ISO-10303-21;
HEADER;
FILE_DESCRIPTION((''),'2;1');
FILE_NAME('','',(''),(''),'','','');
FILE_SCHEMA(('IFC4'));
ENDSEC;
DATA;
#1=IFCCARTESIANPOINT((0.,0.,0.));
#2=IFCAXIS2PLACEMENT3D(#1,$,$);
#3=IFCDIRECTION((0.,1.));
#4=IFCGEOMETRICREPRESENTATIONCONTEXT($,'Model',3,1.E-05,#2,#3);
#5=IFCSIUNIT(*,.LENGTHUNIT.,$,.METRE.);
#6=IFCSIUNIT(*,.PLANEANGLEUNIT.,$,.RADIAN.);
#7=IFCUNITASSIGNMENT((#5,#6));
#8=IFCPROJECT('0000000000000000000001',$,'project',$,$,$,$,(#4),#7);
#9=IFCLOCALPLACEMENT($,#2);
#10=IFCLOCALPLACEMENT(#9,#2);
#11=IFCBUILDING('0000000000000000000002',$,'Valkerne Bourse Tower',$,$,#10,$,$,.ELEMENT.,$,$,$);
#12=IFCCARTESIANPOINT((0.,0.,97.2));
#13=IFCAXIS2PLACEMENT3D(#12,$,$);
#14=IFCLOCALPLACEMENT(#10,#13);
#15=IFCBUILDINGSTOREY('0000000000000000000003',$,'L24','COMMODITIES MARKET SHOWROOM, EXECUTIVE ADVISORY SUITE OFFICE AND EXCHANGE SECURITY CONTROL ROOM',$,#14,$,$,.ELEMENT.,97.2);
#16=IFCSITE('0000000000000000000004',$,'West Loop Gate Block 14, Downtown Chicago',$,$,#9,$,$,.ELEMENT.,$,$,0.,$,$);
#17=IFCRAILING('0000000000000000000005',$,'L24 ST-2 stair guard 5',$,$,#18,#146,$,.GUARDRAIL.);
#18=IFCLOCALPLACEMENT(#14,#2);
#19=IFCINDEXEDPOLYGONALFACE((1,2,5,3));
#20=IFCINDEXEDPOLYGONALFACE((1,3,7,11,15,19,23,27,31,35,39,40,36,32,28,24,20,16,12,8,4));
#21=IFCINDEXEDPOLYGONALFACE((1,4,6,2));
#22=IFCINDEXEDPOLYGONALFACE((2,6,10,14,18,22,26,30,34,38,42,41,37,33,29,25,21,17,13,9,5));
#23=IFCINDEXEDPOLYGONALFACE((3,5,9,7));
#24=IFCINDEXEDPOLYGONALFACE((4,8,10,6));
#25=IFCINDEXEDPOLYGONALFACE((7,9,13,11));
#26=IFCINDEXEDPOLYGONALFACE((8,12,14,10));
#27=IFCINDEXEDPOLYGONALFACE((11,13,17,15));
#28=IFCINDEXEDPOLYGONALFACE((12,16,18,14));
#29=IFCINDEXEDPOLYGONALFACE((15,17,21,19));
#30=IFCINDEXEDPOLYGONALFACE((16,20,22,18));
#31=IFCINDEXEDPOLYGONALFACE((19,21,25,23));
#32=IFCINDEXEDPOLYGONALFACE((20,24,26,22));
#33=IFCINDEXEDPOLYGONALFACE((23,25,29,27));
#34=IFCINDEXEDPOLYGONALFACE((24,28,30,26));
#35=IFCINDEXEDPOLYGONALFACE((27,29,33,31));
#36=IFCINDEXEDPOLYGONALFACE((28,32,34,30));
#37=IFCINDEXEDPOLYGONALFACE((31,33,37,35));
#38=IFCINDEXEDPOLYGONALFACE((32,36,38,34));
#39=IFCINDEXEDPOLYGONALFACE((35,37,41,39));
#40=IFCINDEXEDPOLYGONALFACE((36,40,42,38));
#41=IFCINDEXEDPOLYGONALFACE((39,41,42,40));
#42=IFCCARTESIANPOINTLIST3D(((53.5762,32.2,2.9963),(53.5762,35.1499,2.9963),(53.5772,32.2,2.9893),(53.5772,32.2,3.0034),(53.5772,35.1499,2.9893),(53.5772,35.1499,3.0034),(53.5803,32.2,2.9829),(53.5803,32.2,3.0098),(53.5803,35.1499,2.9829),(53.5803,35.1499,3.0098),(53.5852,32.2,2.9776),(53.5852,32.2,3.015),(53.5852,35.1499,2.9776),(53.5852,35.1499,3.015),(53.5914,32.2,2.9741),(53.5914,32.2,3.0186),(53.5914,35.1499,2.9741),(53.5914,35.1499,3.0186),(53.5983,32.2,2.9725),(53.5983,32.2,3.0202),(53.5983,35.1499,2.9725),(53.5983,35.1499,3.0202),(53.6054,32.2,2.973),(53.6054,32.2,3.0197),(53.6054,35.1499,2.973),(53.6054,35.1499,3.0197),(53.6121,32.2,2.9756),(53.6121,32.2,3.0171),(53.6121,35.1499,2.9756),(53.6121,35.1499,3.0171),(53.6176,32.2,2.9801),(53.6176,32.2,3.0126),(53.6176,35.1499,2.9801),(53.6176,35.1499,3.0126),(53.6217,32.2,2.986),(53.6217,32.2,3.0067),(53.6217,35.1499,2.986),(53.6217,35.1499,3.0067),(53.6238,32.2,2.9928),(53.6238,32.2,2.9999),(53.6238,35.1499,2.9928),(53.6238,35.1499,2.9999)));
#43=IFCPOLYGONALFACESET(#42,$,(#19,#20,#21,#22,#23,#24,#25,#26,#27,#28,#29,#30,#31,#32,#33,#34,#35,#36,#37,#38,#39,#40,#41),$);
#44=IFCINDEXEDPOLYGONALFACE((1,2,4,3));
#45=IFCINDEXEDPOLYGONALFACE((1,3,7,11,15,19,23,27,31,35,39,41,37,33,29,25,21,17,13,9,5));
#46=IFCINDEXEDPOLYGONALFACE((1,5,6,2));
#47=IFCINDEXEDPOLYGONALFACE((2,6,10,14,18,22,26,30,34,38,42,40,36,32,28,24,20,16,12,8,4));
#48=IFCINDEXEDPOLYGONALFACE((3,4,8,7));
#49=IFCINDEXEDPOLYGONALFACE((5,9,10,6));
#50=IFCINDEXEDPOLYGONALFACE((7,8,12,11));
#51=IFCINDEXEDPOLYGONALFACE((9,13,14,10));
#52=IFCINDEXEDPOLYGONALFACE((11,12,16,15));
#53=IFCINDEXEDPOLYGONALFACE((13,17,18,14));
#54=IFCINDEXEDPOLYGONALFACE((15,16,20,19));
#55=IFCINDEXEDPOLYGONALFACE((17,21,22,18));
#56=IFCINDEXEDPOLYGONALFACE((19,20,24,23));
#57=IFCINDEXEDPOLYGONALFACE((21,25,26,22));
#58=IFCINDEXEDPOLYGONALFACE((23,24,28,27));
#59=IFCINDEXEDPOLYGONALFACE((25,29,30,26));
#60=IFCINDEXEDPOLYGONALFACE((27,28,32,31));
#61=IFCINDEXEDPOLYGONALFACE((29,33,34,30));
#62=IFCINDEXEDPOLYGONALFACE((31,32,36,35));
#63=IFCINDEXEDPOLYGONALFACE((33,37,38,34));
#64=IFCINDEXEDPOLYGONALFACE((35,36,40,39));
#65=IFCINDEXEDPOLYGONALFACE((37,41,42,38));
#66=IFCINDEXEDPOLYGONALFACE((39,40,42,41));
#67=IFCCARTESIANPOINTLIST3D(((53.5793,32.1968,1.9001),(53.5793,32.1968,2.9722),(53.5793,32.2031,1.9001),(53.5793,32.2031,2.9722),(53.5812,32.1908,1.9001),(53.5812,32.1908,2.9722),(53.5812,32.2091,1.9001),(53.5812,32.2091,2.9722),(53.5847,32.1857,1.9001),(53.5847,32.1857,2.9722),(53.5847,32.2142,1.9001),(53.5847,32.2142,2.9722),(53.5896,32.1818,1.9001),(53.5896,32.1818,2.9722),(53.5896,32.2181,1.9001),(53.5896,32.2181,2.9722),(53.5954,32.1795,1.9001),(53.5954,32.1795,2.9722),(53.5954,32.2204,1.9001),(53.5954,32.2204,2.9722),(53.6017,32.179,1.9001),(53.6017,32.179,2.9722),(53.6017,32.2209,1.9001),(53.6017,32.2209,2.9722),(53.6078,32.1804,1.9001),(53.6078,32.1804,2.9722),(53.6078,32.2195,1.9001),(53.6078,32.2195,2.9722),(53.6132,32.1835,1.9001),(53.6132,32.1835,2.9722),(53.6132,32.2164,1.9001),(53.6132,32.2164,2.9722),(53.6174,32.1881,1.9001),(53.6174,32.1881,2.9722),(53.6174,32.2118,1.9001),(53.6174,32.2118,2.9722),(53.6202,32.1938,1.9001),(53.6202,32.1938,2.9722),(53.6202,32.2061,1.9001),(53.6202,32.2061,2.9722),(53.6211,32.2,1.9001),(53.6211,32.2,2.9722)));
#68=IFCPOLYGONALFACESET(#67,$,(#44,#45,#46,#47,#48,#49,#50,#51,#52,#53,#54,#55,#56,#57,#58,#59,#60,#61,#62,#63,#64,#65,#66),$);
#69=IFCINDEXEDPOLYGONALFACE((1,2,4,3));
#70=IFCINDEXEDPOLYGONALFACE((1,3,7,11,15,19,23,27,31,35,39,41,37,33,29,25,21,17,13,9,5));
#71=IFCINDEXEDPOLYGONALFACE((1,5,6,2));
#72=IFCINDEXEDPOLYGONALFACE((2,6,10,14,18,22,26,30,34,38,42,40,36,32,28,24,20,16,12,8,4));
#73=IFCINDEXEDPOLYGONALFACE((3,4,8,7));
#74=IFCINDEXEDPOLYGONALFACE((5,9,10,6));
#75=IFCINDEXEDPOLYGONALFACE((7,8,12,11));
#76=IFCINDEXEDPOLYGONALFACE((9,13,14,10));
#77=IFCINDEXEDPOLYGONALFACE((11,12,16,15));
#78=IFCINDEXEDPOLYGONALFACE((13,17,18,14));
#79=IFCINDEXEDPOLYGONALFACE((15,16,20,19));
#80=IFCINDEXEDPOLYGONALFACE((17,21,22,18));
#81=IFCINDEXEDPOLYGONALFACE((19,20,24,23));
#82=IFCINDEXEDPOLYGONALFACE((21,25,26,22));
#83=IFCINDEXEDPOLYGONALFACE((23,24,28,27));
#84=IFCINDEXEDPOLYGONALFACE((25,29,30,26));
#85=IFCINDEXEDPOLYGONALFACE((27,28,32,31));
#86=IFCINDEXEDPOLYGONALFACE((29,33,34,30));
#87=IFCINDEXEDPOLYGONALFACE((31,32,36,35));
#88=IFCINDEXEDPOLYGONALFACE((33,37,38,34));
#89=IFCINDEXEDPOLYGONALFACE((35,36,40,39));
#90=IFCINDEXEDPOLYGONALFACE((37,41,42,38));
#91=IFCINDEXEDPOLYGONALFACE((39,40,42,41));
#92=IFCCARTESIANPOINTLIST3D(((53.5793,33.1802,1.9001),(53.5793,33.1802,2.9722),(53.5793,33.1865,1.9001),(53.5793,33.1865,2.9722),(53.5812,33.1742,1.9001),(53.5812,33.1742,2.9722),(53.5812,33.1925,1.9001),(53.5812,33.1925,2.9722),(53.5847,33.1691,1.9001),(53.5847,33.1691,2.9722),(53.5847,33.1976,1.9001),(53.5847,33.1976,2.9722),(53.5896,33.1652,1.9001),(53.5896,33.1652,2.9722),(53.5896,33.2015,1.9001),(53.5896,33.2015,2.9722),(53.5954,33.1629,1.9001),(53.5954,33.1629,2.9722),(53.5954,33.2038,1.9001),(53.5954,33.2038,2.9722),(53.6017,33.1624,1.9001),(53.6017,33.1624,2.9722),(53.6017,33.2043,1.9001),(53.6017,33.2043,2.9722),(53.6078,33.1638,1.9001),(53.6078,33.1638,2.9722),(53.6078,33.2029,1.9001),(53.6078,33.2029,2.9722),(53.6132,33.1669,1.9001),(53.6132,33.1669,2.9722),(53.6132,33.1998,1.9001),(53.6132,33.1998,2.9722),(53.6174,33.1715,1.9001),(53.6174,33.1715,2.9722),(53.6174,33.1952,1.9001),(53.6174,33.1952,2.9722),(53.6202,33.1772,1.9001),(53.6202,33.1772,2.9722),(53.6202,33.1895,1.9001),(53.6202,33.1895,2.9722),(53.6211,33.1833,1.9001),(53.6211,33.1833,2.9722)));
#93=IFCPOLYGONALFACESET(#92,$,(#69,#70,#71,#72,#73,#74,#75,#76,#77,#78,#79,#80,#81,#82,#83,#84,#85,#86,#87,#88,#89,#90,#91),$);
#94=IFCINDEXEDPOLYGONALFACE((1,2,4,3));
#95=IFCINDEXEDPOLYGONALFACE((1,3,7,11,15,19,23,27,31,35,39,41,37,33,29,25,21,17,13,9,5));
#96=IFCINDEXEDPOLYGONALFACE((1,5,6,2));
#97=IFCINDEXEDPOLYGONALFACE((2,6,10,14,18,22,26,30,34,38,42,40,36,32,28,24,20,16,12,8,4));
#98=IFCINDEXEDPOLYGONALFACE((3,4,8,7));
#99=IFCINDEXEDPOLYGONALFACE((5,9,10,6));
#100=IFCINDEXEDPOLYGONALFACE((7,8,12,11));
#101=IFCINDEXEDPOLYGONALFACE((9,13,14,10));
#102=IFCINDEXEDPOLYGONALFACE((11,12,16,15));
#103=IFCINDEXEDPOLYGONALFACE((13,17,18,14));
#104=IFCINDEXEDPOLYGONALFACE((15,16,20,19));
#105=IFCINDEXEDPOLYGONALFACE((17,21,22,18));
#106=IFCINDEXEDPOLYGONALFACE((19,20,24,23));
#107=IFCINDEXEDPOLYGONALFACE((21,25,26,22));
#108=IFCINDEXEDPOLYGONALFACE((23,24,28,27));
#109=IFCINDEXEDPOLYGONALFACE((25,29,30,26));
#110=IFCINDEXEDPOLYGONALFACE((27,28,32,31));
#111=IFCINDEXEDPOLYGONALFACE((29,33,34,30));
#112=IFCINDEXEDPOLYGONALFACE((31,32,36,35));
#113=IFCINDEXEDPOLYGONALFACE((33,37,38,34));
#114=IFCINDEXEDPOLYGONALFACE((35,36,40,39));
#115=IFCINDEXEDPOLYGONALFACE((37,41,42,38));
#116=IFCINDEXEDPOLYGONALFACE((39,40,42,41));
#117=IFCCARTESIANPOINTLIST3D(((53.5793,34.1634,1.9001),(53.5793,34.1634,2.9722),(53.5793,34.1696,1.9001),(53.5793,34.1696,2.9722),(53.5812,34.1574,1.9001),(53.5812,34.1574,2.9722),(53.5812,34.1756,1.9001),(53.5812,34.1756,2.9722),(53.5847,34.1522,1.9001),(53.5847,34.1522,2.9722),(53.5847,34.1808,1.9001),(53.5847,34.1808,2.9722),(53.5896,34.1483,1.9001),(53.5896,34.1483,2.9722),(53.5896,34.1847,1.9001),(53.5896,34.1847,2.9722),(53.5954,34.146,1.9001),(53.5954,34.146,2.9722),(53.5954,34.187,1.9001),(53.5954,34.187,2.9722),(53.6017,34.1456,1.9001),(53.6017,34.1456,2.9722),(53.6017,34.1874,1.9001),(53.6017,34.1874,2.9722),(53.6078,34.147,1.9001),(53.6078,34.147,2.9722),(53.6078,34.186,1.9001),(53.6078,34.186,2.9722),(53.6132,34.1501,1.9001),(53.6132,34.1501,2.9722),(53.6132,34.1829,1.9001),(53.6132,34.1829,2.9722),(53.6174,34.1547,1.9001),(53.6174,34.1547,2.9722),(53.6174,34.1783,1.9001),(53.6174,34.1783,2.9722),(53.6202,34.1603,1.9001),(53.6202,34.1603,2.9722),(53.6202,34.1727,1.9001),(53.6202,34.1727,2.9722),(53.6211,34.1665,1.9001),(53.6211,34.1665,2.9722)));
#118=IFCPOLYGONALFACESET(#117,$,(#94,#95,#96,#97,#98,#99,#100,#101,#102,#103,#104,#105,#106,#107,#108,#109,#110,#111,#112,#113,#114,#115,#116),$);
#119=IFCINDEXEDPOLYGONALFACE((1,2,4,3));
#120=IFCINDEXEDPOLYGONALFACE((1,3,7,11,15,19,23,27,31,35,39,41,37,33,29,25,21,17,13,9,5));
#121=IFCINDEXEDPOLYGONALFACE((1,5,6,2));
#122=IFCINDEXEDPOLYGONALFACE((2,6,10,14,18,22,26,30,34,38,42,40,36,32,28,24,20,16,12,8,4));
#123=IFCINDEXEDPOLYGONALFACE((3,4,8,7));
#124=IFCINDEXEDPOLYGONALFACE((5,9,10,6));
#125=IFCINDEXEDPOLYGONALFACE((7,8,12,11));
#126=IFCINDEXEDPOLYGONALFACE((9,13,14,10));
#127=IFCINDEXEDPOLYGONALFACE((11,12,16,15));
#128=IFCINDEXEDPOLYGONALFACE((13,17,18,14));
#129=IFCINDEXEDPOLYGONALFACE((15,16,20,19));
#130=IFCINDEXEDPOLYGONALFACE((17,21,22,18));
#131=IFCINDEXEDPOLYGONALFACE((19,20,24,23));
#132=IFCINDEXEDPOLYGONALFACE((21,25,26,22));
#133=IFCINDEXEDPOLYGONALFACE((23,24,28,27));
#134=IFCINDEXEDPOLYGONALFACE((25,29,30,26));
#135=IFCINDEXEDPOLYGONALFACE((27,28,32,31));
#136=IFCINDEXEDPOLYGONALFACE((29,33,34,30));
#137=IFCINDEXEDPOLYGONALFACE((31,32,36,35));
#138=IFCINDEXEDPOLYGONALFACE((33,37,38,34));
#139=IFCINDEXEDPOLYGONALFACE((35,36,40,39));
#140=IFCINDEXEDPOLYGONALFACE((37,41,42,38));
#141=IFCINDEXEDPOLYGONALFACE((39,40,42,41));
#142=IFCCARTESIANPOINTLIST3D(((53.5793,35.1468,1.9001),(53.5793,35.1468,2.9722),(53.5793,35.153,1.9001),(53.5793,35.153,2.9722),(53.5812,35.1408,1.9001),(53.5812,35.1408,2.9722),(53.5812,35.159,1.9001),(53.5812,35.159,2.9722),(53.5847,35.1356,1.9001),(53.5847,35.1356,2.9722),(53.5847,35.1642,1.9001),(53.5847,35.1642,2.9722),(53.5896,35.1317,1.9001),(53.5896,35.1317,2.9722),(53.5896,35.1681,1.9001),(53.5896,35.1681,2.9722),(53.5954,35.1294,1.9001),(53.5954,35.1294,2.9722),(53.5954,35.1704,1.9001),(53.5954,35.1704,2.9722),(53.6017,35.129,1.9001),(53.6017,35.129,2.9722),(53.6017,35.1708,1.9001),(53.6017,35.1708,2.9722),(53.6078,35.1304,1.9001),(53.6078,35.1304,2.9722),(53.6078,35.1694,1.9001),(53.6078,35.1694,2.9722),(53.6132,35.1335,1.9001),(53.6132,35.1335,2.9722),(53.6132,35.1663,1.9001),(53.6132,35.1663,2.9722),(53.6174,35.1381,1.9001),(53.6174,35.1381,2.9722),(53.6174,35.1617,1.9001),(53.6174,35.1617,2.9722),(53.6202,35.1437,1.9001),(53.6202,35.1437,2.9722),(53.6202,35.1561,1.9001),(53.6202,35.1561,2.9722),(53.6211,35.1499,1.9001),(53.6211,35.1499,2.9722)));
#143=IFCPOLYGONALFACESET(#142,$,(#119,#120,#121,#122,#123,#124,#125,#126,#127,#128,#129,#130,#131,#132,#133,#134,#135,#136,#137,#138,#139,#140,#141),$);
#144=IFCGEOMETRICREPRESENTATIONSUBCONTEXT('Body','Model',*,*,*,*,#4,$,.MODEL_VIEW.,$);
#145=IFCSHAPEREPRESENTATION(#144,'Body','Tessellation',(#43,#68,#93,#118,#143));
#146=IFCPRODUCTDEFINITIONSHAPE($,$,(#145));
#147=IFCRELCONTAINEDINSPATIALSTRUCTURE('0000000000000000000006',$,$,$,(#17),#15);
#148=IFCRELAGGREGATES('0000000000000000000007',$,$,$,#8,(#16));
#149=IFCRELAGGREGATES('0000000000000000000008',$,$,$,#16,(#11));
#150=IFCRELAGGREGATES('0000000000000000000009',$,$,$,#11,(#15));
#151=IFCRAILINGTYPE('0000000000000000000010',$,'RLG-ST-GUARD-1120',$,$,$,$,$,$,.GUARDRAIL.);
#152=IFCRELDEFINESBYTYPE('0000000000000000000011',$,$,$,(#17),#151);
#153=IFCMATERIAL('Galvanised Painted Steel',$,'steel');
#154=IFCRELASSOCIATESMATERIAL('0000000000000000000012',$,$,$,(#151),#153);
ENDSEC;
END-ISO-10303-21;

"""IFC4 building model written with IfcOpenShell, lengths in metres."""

from ifc_helpers import new_model, si_unit, direction, frame, origin, origin_2d, place, context, subcontext, project, spatial, circle, extrude, material, type_object, element, save


model = new_model("IFC4")

# Units and contexts
model_context = context("Model", 3, precision=1e-05, world=origin(), true_north=direction((0.0, 1.0)))
body_context = subcontext(model_context, "Body", "Model", "MODEL_VIEW")
ifc_project = project(units=[si_unit("LENGTHUNIT", "METRE"), si_unit("PLANEANGLEUNIT", "RADIAN")], contexts=[model_context])

# Site, building, storey
site_placement = place(None, origin())
site = spatial("IfcSite", under=ifc_project, at=site_placement, Name="West Loop Gate Block 14, Downtown Chicago", CompositionType="ELEMENT", RefElevation=0.0)
building_placement = place(site_placement, origin())
building = spatial("IfcBuilding", under=site, at=building_placement, Name="Valkerne Bourse Tower", CompositionType="ELEMENT")
storey_placement = place(building_placement, frame((0.0, 0.0, 97.2)))
storey = spatial("IfcBuildingStorey", under=building, at=storey_placement, Name="L24", Description="COMMODITIES MARKET SHOWROOM, EXECUTIVE ADVISORY SUITE OFFICE AND EXCHANGE SECURITY CONTROL ROOM", CompositionType="ELEMENT", Elevation=97.2)

# Railing
ifc_material_1 = material(Name="Galvanised Painted Steel", Category="steel")
railing_type_1 = type_object("IfcRailingType", Name="RLG-ST-GUARD-1120", PredefinedType="GUARDRAIL", material=ifc_material_1)
railing_1_placement = place(storey_placement, frame((53.6001, 32.2, 1.9001)))
element("IfcRailing", 1, at=railing_1_placement, inside=storey, type_object=railing_type_1, Name="L24 ST-2 stair guard 5", PredefinedType="GUARDRAIL", context=body_context, shape_type="SweptSolid", body=[
    extrude(circle(Radius=0.0239, at=origin_2d()), frame((0.0, 0.0, 1.0962), z_axis=(0.0, 1.0, 0.0), x_axis=(-1.0, 0.0, 0.0)), (0.0, 0.0, 1.0), 2.95),
    extrude(circle(Radius=0.021, at=origin_2d()), origin(), (0.0, 0.0, 1.0), 1.072),
    extrude(circle(Radius=0.021, at=origin_2d()), frame((0.0, 0.9834, 0.0)), (0.0, 0.0, 1.0), 1.072),
    extrude(circle(Radius=0.021, at=origin_2d()), frame((0.0, 1.9666, 0.0)), (0.0, 0.0, 1.0), 1.072),
    extrude(circle(Radius=0.021, at=origin_2d()), frame((0.0, 2.95, 0.0)), (0.0, 0.0, 1.0), 1.072),
])

save(model, "model.ifc")
